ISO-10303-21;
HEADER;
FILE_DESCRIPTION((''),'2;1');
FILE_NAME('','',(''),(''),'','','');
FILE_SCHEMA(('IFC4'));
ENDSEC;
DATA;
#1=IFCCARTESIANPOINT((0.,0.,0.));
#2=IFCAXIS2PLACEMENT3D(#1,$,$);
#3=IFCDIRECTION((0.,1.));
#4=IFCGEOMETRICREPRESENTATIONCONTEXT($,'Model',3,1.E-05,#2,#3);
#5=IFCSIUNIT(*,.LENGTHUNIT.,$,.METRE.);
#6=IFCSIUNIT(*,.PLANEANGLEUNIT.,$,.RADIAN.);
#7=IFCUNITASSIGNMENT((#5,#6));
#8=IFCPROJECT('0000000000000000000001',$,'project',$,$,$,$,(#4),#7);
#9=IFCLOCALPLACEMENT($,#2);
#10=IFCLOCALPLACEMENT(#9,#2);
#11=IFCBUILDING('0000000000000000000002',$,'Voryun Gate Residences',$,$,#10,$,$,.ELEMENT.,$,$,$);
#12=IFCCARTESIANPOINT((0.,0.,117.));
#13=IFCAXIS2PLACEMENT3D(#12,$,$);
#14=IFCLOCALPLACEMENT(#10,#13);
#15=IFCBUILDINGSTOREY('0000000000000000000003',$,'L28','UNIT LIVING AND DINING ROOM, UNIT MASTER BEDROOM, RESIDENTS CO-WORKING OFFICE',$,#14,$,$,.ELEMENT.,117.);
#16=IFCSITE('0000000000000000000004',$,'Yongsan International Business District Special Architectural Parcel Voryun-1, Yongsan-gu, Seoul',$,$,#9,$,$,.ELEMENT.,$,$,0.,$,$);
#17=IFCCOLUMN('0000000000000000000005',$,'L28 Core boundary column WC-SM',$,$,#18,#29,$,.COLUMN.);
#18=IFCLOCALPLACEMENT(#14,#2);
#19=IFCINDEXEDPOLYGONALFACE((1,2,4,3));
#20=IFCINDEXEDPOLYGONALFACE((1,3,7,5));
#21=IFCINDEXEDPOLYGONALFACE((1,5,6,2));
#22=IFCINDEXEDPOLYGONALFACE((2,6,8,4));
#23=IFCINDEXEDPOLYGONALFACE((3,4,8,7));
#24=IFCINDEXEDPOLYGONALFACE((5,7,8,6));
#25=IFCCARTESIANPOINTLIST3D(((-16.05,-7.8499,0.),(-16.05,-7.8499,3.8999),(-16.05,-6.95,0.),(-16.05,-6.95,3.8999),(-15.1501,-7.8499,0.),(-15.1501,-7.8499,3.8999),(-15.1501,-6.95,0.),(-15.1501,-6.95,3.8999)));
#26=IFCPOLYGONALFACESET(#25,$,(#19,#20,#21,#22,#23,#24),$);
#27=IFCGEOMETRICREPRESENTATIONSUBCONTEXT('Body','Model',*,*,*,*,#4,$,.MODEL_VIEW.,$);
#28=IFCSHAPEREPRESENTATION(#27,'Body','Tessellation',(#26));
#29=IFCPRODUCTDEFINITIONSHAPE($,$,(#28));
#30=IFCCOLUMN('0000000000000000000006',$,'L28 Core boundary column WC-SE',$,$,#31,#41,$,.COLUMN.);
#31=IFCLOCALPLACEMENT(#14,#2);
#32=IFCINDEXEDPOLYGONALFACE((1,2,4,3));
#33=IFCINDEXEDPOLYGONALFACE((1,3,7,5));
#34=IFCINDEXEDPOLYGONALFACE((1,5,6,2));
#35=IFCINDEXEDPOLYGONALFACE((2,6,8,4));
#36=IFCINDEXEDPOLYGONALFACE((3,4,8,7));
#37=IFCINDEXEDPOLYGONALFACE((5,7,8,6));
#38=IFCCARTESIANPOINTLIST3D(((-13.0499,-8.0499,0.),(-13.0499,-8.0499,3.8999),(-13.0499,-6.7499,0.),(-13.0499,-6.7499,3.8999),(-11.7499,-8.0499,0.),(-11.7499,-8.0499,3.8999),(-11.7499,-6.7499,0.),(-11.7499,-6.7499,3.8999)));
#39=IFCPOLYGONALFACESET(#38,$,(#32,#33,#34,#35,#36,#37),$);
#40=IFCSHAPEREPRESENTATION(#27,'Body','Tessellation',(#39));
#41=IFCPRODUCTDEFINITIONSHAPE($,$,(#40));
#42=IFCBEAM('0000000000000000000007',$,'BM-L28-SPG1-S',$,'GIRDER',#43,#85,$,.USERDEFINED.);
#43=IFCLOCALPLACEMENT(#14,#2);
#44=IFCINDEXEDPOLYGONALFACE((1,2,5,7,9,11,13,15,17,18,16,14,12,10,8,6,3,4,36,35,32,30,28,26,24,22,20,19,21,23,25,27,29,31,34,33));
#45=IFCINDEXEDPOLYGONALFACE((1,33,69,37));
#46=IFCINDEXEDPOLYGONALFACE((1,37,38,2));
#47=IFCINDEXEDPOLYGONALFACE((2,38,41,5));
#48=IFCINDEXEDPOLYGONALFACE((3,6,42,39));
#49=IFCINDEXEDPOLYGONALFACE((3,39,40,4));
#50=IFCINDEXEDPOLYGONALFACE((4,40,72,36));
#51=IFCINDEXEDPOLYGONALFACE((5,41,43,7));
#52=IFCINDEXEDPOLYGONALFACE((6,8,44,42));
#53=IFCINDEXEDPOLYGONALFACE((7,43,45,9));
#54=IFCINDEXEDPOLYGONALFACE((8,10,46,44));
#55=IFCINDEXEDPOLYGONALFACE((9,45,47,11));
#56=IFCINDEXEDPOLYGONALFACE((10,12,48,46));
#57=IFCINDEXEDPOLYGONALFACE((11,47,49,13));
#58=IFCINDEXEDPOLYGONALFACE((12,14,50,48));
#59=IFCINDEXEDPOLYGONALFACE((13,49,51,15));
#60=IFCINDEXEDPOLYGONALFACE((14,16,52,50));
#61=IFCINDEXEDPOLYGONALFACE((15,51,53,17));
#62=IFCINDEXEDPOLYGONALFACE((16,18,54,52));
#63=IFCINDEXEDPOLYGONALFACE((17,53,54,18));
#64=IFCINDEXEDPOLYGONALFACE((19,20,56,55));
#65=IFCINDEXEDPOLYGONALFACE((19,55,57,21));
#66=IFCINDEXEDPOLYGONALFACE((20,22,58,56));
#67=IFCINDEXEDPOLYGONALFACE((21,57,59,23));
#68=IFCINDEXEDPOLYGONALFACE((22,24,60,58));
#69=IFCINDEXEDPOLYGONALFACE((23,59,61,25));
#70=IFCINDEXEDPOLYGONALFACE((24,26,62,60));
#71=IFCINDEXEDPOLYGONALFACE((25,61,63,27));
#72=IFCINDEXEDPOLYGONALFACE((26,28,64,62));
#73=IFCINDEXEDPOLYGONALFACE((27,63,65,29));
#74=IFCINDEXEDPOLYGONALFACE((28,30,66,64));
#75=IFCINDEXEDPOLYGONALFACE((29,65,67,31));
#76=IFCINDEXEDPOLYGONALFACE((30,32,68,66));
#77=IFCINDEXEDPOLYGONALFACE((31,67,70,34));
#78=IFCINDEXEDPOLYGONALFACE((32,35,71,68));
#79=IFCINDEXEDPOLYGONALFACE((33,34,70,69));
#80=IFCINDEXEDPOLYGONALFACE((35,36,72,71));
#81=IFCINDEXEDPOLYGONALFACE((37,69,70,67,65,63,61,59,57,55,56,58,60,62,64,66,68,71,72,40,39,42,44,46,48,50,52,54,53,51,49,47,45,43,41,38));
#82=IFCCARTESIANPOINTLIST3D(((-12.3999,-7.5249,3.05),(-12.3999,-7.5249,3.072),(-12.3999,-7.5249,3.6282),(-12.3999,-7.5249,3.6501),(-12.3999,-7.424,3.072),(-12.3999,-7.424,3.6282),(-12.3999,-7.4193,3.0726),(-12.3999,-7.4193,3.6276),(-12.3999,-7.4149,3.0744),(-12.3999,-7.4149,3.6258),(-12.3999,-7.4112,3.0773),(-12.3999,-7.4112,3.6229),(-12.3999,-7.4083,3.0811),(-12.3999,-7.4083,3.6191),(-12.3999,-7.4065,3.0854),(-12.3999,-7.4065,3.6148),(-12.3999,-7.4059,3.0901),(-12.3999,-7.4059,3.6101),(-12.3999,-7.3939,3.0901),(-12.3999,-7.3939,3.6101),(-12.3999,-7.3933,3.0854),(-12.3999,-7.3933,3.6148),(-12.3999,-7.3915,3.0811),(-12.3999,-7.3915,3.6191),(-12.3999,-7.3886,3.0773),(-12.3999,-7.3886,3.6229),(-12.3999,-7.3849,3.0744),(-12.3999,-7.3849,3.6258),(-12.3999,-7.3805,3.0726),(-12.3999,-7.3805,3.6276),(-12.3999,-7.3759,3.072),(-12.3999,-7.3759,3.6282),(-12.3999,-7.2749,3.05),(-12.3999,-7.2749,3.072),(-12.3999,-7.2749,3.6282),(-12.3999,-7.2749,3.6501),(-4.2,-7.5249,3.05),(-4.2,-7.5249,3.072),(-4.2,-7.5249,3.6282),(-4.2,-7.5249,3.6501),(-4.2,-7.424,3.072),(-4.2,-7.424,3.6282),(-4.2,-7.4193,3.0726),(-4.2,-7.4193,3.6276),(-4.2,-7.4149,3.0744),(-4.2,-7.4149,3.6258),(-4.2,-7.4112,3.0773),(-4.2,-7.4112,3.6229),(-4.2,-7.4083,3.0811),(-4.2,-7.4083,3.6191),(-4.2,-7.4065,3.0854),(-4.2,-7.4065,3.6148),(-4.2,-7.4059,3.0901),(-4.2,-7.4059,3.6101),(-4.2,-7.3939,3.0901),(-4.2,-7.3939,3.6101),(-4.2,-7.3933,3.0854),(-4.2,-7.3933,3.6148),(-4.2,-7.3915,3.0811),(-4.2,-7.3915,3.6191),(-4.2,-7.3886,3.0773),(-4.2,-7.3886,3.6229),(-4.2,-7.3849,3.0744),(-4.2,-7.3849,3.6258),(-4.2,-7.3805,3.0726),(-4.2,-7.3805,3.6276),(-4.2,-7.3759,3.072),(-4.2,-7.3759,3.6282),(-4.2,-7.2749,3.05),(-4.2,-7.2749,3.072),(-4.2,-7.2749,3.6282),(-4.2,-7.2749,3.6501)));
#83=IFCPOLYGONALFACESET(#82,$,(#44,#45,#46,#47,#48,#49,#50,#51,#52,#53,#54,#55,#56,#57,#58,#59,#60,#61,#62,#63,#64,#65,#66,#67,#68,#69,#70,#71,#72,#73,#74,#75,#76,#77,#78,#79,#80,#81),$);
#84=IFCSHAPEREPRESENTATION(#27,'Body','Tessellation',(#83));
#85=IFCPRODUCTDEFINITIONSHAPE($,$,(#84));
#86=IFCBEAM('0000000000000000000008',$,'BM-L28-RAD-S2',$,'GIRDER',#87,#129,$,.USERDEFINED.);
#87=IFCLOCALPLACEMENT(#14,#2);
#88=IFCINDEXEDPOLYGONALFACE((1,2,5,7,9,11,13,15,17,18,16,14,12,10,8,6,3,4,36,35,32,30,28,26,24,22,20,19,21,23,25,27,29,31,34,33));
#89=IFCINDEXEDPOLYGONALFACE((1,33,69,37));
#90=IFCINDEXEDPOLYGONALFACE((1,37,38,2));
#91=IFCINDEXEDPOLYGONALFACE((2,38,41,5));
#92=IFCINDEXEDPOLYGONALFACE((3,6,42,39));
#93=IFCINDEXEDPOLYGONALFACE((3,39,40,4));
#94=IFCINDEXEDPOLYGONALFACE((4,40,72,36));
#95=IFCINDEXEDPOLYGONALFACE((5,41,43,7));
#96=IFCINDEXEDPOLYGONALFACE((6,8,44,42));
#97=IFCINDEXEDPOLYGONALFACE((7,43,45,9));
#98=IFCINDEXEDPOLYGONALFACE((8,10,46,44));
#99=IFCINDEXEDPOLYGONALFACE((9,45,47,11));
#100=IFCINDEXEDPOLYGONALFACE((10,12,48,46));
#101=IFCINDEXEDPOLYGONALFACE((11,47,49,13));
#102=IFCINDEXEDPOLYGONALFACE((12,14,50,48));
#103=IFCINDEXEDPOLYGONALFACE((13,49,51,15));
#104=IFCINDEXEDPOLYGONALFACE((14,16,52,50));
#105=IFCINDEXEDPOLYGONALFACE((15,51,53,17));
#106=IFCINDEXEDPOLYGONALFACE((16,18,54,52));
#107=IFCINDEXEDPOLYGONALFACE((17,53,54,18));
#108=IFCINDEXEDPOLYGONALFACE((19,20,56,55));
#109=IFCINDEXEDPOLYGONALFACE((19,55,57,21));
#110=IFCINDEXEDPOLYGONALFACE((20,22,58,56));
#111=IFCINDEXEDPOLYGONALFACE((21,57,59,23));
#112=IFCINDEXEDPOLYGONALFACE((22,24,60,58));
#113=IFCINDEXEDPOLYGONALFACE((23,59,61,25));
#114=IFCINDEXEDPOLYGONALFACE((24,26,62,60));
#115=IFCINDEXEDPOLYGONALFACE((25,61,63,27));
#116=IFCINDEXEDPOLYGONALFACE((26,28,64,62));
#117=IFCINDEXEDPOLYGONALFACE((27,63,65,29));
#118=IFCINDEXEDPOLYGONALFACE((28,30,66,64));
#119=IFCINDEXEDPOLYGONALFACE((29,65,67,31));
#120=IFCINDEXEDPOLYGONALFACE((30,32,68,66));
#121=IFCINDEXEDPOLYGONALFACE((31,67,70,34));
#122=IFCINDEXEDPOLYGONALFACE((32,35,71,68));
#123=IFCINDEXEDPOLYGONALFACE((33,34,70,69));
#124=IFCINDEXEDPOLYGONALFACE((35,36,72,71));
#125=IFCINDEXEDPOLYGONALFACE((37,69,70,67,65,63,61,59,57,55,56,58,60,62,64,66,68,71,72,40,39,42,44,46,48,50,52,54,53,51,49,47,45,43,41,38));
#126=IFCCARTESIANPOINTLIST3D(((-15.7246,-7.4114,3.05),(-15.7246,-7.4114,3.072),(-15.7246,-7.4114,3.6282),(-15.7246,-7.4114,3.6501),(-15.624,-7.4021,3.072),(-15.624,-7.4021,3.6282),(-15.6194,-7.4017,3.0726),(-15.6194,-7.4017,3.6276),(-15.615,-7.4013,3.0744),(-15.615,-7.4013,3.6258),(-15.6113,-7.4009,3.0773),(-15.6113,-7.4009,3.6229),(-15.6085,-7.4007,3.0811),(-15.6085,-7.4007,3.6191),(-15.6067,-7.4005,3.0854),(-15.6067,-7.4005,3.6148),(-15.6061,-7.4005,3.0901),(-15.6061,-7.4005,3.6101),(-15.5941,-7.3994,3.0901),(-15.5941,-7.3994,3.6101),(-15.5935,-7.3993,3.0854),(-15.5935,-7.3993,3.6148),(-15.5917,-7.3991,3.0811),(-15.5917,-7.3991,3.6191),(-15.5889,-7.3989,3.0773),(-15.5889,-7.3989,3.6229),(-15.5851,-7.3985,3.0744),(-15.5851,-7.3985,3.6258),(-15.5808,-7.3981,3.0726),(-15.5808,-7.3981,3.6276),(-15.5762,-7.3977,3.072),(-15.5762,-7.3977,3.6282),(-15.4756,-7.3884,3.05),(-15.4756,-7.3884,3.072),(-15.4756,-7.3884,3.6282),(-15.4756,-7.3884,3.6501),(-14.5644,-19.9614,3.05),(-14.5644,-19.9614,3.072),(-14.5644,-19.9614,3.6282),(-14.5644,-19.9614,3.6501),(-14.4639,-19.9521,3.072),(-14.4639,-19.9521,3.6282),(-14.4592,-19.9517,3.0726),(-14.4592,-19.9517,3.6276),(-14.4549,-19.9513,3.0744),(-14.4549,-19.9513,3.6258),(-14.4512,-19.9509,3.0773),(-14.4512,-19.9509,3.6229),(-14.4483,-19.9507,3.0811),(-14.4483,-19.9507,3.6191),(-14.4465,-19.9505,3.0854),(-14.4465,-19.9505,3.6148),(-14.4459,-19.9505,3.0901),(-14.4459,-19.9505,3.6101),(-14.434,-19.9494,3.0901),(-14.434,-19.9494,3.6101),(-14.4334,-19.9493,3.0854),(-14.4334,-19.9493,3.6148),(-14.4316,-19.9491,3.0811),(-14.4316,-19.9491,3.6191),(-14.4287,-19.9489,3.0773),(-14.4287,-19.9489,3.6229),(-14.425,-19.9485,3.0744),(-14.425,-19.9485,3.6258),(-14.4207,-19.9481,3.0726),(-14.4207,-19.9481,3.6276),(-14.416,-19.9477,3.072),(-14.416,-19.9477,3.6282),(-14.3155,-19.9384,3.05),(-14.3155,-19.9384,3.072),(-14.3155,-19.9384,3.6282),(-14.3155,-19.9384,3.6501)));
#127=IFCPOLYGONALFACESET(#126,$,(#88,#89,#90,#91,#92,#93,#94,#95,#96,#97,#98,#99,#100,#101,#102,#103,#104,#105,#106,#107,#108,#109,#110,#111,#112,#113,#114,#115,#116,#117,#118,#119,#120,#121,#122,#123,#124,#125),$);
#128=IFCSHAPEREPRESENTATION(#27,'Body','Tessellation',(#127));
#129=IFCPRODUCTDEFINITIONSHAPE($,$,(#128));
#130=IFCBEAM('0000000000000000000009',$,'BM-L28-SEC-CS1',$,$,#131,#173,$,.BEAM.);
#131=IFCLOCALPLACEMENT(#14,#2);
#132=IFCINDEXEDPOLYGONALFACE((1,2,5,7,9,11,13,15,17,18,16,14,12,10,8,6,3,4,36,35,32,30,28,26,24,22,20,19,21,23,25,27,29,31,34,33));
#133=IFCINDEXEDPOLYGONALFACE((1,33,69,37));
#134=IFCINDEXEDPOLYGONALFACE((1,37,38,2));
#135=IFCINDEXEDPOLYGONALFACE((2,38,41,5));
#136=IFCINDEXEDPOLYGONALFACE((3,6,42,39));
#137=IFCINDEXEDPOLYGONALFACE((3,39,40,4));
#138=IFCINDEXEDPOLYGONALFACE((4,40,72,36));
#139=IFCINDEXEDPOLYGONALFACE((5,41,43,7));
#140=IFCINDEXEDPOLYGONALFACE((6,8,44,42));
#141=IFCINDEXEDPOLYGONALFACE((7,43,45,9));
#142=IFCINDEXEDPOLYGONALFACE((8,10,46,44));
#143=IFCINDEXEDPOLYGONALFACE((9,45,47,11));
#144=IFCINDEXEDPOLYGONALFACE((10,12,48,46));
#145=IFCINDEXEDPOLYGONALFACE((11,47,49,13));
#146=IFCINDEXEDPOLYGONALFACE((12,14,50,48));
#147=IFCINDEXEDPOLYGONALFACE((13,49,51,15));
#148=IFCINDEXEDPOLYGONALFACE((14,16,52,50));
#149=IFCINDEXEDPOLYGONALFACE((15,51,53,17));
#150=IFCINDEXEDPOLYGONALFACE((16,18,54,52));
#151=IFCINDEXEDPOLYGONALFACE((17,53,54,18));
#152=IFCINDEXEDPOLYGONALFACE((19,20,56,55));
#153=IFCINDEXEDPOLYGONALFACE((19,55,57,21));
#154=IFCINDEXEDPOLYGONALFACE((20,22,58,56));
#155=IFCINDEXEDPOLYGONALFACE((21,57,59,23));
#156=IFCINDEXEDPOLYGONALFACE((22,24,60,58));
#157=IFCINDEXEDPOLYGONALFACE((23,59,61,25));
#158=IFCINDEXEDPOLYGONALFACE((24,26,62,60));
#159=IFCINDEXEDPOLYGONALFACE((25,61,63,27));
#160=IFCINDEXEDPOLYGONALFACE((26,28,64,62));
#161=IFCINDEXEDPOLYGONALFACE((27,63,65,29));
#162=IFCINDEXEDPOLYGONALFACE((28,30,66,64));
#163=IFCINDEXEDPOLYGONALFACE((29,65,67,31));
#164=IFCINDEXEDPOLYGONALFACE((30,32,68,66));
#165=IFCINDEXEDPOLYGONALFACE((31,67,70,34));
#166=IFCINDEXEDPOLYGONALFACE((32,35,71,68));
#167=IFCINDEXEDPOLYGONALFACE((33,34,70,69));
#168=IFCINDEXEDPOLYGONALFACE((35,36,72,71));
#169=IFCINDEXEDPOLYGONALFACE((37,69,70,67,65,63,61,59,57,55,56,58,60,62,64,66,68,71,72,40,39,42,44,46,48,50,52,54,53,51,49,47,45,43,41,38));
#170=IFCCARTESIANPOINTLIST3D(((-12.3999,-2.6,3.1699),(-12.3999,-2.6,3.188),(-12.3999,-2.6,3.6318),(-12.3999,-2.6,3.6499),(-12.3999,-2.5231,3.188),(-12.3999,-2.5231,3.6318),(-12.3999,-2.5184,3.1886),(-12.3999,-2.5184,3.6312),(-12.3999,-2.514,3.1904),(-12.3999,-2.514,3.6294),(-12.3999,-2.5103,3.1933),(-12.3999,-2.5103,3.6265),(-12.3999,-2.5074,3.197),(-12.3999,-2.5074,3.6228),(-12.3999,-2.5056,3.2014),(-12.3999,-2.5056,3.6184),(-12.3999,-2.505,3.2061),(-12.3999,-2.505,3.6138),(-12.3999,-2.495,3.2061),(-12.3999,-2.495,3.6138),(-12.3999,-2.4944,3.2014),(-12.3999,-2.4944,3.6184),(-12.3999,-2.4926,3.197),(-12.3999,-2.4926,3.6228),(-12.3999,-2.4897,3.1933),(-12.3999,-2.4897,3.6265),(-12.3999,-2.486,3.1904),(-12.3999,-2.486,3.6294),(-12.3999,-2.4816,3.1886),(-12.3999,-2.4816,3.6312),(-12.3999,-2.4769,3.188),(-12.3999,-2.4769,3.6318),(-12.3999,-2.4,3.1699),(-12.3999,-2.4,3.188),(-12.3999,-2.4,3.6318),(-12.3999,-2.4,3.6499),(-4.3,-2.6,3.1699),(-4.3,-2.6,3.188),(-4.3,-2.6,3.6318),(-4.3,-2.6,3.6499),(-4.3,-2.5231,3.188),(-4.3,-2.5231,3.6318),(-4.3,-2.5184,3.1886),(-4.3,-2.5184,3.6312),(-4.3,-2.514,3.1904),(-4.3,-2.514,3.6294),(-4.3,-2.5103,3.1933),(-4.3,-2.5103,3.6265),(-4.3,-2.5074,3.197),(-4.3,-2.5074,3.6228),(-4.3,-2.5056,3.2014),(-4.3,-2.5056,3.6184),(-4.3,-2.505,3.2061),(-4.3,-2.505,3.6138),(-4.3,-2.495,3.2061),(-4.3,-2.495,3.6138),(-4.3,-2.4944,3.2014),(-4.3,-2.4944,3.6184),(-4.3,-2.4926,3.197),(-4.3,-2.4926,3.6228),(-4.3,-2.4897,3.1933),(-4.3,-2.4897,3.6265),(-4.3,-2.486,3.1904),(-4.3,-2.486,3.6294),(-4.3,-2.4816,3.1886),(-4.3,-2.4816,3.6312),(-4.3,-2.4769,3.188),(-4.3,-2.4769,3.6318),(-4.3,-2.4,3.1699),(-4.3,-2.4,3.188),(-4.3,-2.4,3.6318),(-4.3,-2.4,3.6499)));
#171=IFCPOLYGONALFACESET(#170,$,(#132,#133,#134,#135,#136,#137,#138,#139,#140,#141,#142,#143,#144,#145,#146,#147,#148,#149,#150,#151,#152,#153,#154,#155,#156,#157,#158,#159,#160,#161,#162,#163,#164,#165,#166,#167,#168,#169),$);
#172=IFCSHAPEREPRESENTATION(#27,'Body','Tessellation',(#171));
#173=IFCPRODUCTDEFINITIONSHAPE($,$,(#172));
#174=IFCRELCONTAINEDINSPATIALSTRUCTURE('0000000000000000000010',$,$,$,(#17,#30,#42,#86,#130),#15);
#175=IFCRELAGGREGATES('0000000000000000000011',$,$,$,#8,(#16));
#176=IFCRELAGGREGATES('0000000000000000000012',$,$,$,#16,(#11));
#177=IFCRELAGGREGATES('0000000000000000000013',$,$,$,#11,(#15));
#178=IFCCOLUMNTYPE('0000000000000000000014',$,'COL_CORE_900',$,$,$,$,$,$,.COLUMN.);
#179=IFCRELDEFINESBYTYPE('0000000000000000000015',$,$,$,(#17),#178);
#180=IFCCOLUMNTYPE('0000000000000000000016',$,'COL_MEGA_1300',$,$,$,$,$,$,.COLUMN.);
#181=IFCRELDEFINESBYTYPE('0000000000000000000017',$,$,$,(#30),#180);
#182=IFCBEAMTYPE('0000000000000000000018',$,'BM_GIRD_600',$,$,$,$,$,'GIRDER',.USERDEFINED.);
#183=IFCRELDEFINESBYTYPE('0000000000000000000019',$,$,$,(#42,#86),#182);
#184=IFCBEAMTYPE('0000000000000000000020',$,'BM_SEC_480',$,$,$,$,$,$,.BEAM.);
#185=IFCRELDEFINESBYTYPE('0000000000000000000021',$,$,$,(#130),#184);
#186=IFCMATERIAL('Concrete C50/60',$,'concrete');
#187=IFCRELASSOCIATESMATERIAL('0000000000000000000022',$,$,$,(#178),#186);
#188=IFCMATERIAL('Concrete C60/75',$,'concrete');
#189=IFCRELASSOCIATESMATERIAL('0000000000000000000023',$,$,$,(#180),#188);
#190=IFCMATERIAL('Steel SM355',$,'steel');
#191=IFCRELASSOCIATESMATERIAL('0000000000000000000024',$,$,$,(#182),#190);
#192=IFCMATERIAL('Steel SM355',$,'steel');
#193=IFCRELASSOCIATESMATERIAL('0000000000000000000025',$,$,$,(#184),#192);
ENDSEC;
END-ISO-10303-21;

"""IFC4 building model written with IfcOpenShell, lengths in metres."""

from ifc_helpers import new_model, si_unit, direction, frame, origin, origin_2d, place, context, subcontext, project, spatial, rectangle, i_section, extrude, material, material_profile, profile_set, type_object, element, save


model = new_model("IFC4")

# Units and contexts
model_context = context("Model", 3, precision=1e-05, world=origin(), true_north=direction((0.0, 1.0)))
body_context = subcontext(model_context, "Body", "Model", "MODEL_VIEW")
ifc_project = project(units=[si_unit("LENGTHUNIT", "METRE"), si_unit("PLANEANGLEUNIT", "RADIAN")], contexts=[model_context])

# Site, building, storey
site_placement = place(None, origin())
site = spatial("IfcSite", under=ifc_project, at=site_placement, Name="Yongsan International Business District Special Architectural Parcel Voryun-1, Yongsan-gu, Seoul", CompositionType="ELEMENT", RefElevation=0.0)
building_placement = place(site_placement, origin())
building = spatial("IfcBuilding", under=site, at=building_placement, Name="Voryun Gate Residences", CompositionType="ELEMENT")
storey_placement = place(building_placement, frame((0.0, 0.0, 117.0)))
storey = spatial("IfcBuildingStorey", under=building, at=storey_placement, Name="L28", Description="UNIT LIVING AND DINING ROOM, UNIT MASTER BEDROOM, RESIDENTS CO-WORKING OFFICE", CompositionType="ELEMENT", Elevation=117.0)

# Columns
ifc_material_1 = material(Name="Concrete C50/60", Category="concrete")
ifc_material_profile_1 = material_profile(ifc_material_1, rectangle(XDim=0.8999, YDim=0.8999, at=origin_2d()), Name="RC-900x900")
ifc_profile_set_1 = profile_set([ifc_material_profile_1], Name="Concrete C50/60")
column_type_1 = type_object("IfcColumnType", Name="COL_CORE_900", PredefinedType="COLUMN", material=ifc_profile_set_1)
column_1_placement = place(storey_placement, frame((-15.6001, -7.3999, 0.0), z_axis=(0.0, 0.0, 1.0), x_axis=(1.0, 0.0, 0.0)))
element("IfcColumn", 1, at=column_1_placement, inside=storey, type_object=column_type_1, Name="L28 Core boundary column WC-SM", PredefinedType="COLUMN", context=body_context, shape_type="SweptSolid", body=[
    extrude(rectangle(XDim=0.8999, YDim=0.8999, at=origin_2d()), origin(), (0.0, 0.0, 1.0), 3.8999),
])
ifc_material_2 = material(Name="Concrete C60/75", Category="concrete")
ifc_material_profile_2 = material_profile(ifc_material_2, rectangle(XDim=1.3, YDim=1.3, at=origin_2d()), Name="RC-1300x1300")
ifc_profile_set_2 = profile_set([ifc_material_profile_2], Name="Concrete C60/75")
column_type_2 = type_object("IfcColumnType", Name="COL_MEGA_1300", PredefinedType="COLUMN", material=ifc_profile_set_2)
column_2_placement = place(storey_placement, frame((-12.3999, -7.3999, 0.0), z_axis=(0.0, 0.0, 1.0), x_axis=(1.0, 0.0, 0.0)))
element("IfcColumn", 2, at=column_2_placement, inside=storey, type_object=column_type_2, Name="L28 Core boundary column WC-SE", PredefinedType="COLUMN", context=body_context, shape_type="SweptSolid", body=[
    extrude(rectangle(XDim=1.3, YDim=1.3, at=origin_2d()), origin(), (0.0, 0.0, 1.0), 3.8999),
])

# Beams
ifc_material_3 = material(Name="Steel SM355", Category="steel")
ifc_material_profile_3 = material_profile(ifc_material_3, i_section(OverallWidth=0.25, OverallDepth=0.6001, WebThickness=0.012, FlangeThickness=0.022, FilletRadius=0.0181, at=origin_2d()), Name="H-600x250x12x22")
ifc_profile_set_3 = profile_set([ifc_material_profile_3], Name="Steel SM355")
beam_type_1 = type_object("IfcBeamType", Name="BM_GIRD_600", ElementType="GIRDER", PredefinedType="USERDEFINED", material=ifc_profile_set_3)
beam_1_placement = place(storey_placement, frame((-12.3999, -7.3999, 3.3501), z_axis=(1.0, 0.0, 0.0), x_axis=(0.0, 1.0, 0.0)))
element("IfcBeam", 3, at=beam_1_placement, inside=storey, type_object=beam_type_1, Name="BM-L28-SPG1-S", ObjectType="GIRDER", PredefinedType="USERDEFINED", context=body_context, shape_type="SweptSolid", body=[
    extrude(i_section(OverallWidth=0.25, OverallDepth=0.6001, WebThickness=0.012, FlangeThickness=0.022, FilletRadius=0.0181, at=origin_2d()), origin(), (0.0, 0.0, 1.0), 8.2),
])
beam_2_placement = place(storey_placement, frame((-15.6001, -7.3999, 3.3501), z_axis=(0.09205, -0.995754, 0.0), x_axis=(0.995754, 0.09205, 0.0)))
element("IfcBeam", 4, at=beam_2_placement, inside=storey, type_object=beam_type_1, Name="BM-L28-RAD-S2", ObjectType="GIRDER", PredefinedType="USERDEFINED", context=body_context, shape_type="SweptSolid", body=[
    extrude(i_section(OverallWidth=0.25, OverallDepth=0.6001, WebThickness=0.012, FlangeThickness=0.022, FilletRadius=0.0181, at=origin_2d()), origin(), (0.0, 0.0, 1.0), 12.6035),
])
ifc_material_4 = material(Name="Steel SM355", Category="steel")
ifc_material_profile_4 = material_profile(ifc_material_4, i_section(OverallWidth=0.2, OverallDepth=0.48, WebThickness=0.01, FlangeThickness=0.0181, FilletRadius=0.0181, at=origin_2d()), Name="H-480x200x10x18")
ifc_profile_set_4 = profile_set([ifc_material_profile_4], Name="Steel SM355")
beam_type_2 = type_object("IfcBeamType", Name="BM_SEC_480", PredefinedType="BEAM", material=ifc_profile_set_4)
beam_3_placement = place(storey_placement, frame((-12.3999, -2.5, 3.4099), z_axis=(1.0, 0.0, 0.0), x_axis=(0.0, 1.0, 0.0)))
element("IfcBeam", 5, at=beam_3_placement, inside=storey, type_object=beam_type_2, Name="BM-L28-SEC-CS1", PredefinedType="BEAM", context=body_context, shape_type="SweptSolid", body=[
    extrude(i_section(OverallWidth=0.2, OverallDepth=0.48, WebThickness=0.01, FlangeThickness=0.0181, FilletRadius=0.0181, at=origin_2d()), origin(), (0.0, 0.0, 1.0), 8.0999),
])

save(model, "model.ifc")
